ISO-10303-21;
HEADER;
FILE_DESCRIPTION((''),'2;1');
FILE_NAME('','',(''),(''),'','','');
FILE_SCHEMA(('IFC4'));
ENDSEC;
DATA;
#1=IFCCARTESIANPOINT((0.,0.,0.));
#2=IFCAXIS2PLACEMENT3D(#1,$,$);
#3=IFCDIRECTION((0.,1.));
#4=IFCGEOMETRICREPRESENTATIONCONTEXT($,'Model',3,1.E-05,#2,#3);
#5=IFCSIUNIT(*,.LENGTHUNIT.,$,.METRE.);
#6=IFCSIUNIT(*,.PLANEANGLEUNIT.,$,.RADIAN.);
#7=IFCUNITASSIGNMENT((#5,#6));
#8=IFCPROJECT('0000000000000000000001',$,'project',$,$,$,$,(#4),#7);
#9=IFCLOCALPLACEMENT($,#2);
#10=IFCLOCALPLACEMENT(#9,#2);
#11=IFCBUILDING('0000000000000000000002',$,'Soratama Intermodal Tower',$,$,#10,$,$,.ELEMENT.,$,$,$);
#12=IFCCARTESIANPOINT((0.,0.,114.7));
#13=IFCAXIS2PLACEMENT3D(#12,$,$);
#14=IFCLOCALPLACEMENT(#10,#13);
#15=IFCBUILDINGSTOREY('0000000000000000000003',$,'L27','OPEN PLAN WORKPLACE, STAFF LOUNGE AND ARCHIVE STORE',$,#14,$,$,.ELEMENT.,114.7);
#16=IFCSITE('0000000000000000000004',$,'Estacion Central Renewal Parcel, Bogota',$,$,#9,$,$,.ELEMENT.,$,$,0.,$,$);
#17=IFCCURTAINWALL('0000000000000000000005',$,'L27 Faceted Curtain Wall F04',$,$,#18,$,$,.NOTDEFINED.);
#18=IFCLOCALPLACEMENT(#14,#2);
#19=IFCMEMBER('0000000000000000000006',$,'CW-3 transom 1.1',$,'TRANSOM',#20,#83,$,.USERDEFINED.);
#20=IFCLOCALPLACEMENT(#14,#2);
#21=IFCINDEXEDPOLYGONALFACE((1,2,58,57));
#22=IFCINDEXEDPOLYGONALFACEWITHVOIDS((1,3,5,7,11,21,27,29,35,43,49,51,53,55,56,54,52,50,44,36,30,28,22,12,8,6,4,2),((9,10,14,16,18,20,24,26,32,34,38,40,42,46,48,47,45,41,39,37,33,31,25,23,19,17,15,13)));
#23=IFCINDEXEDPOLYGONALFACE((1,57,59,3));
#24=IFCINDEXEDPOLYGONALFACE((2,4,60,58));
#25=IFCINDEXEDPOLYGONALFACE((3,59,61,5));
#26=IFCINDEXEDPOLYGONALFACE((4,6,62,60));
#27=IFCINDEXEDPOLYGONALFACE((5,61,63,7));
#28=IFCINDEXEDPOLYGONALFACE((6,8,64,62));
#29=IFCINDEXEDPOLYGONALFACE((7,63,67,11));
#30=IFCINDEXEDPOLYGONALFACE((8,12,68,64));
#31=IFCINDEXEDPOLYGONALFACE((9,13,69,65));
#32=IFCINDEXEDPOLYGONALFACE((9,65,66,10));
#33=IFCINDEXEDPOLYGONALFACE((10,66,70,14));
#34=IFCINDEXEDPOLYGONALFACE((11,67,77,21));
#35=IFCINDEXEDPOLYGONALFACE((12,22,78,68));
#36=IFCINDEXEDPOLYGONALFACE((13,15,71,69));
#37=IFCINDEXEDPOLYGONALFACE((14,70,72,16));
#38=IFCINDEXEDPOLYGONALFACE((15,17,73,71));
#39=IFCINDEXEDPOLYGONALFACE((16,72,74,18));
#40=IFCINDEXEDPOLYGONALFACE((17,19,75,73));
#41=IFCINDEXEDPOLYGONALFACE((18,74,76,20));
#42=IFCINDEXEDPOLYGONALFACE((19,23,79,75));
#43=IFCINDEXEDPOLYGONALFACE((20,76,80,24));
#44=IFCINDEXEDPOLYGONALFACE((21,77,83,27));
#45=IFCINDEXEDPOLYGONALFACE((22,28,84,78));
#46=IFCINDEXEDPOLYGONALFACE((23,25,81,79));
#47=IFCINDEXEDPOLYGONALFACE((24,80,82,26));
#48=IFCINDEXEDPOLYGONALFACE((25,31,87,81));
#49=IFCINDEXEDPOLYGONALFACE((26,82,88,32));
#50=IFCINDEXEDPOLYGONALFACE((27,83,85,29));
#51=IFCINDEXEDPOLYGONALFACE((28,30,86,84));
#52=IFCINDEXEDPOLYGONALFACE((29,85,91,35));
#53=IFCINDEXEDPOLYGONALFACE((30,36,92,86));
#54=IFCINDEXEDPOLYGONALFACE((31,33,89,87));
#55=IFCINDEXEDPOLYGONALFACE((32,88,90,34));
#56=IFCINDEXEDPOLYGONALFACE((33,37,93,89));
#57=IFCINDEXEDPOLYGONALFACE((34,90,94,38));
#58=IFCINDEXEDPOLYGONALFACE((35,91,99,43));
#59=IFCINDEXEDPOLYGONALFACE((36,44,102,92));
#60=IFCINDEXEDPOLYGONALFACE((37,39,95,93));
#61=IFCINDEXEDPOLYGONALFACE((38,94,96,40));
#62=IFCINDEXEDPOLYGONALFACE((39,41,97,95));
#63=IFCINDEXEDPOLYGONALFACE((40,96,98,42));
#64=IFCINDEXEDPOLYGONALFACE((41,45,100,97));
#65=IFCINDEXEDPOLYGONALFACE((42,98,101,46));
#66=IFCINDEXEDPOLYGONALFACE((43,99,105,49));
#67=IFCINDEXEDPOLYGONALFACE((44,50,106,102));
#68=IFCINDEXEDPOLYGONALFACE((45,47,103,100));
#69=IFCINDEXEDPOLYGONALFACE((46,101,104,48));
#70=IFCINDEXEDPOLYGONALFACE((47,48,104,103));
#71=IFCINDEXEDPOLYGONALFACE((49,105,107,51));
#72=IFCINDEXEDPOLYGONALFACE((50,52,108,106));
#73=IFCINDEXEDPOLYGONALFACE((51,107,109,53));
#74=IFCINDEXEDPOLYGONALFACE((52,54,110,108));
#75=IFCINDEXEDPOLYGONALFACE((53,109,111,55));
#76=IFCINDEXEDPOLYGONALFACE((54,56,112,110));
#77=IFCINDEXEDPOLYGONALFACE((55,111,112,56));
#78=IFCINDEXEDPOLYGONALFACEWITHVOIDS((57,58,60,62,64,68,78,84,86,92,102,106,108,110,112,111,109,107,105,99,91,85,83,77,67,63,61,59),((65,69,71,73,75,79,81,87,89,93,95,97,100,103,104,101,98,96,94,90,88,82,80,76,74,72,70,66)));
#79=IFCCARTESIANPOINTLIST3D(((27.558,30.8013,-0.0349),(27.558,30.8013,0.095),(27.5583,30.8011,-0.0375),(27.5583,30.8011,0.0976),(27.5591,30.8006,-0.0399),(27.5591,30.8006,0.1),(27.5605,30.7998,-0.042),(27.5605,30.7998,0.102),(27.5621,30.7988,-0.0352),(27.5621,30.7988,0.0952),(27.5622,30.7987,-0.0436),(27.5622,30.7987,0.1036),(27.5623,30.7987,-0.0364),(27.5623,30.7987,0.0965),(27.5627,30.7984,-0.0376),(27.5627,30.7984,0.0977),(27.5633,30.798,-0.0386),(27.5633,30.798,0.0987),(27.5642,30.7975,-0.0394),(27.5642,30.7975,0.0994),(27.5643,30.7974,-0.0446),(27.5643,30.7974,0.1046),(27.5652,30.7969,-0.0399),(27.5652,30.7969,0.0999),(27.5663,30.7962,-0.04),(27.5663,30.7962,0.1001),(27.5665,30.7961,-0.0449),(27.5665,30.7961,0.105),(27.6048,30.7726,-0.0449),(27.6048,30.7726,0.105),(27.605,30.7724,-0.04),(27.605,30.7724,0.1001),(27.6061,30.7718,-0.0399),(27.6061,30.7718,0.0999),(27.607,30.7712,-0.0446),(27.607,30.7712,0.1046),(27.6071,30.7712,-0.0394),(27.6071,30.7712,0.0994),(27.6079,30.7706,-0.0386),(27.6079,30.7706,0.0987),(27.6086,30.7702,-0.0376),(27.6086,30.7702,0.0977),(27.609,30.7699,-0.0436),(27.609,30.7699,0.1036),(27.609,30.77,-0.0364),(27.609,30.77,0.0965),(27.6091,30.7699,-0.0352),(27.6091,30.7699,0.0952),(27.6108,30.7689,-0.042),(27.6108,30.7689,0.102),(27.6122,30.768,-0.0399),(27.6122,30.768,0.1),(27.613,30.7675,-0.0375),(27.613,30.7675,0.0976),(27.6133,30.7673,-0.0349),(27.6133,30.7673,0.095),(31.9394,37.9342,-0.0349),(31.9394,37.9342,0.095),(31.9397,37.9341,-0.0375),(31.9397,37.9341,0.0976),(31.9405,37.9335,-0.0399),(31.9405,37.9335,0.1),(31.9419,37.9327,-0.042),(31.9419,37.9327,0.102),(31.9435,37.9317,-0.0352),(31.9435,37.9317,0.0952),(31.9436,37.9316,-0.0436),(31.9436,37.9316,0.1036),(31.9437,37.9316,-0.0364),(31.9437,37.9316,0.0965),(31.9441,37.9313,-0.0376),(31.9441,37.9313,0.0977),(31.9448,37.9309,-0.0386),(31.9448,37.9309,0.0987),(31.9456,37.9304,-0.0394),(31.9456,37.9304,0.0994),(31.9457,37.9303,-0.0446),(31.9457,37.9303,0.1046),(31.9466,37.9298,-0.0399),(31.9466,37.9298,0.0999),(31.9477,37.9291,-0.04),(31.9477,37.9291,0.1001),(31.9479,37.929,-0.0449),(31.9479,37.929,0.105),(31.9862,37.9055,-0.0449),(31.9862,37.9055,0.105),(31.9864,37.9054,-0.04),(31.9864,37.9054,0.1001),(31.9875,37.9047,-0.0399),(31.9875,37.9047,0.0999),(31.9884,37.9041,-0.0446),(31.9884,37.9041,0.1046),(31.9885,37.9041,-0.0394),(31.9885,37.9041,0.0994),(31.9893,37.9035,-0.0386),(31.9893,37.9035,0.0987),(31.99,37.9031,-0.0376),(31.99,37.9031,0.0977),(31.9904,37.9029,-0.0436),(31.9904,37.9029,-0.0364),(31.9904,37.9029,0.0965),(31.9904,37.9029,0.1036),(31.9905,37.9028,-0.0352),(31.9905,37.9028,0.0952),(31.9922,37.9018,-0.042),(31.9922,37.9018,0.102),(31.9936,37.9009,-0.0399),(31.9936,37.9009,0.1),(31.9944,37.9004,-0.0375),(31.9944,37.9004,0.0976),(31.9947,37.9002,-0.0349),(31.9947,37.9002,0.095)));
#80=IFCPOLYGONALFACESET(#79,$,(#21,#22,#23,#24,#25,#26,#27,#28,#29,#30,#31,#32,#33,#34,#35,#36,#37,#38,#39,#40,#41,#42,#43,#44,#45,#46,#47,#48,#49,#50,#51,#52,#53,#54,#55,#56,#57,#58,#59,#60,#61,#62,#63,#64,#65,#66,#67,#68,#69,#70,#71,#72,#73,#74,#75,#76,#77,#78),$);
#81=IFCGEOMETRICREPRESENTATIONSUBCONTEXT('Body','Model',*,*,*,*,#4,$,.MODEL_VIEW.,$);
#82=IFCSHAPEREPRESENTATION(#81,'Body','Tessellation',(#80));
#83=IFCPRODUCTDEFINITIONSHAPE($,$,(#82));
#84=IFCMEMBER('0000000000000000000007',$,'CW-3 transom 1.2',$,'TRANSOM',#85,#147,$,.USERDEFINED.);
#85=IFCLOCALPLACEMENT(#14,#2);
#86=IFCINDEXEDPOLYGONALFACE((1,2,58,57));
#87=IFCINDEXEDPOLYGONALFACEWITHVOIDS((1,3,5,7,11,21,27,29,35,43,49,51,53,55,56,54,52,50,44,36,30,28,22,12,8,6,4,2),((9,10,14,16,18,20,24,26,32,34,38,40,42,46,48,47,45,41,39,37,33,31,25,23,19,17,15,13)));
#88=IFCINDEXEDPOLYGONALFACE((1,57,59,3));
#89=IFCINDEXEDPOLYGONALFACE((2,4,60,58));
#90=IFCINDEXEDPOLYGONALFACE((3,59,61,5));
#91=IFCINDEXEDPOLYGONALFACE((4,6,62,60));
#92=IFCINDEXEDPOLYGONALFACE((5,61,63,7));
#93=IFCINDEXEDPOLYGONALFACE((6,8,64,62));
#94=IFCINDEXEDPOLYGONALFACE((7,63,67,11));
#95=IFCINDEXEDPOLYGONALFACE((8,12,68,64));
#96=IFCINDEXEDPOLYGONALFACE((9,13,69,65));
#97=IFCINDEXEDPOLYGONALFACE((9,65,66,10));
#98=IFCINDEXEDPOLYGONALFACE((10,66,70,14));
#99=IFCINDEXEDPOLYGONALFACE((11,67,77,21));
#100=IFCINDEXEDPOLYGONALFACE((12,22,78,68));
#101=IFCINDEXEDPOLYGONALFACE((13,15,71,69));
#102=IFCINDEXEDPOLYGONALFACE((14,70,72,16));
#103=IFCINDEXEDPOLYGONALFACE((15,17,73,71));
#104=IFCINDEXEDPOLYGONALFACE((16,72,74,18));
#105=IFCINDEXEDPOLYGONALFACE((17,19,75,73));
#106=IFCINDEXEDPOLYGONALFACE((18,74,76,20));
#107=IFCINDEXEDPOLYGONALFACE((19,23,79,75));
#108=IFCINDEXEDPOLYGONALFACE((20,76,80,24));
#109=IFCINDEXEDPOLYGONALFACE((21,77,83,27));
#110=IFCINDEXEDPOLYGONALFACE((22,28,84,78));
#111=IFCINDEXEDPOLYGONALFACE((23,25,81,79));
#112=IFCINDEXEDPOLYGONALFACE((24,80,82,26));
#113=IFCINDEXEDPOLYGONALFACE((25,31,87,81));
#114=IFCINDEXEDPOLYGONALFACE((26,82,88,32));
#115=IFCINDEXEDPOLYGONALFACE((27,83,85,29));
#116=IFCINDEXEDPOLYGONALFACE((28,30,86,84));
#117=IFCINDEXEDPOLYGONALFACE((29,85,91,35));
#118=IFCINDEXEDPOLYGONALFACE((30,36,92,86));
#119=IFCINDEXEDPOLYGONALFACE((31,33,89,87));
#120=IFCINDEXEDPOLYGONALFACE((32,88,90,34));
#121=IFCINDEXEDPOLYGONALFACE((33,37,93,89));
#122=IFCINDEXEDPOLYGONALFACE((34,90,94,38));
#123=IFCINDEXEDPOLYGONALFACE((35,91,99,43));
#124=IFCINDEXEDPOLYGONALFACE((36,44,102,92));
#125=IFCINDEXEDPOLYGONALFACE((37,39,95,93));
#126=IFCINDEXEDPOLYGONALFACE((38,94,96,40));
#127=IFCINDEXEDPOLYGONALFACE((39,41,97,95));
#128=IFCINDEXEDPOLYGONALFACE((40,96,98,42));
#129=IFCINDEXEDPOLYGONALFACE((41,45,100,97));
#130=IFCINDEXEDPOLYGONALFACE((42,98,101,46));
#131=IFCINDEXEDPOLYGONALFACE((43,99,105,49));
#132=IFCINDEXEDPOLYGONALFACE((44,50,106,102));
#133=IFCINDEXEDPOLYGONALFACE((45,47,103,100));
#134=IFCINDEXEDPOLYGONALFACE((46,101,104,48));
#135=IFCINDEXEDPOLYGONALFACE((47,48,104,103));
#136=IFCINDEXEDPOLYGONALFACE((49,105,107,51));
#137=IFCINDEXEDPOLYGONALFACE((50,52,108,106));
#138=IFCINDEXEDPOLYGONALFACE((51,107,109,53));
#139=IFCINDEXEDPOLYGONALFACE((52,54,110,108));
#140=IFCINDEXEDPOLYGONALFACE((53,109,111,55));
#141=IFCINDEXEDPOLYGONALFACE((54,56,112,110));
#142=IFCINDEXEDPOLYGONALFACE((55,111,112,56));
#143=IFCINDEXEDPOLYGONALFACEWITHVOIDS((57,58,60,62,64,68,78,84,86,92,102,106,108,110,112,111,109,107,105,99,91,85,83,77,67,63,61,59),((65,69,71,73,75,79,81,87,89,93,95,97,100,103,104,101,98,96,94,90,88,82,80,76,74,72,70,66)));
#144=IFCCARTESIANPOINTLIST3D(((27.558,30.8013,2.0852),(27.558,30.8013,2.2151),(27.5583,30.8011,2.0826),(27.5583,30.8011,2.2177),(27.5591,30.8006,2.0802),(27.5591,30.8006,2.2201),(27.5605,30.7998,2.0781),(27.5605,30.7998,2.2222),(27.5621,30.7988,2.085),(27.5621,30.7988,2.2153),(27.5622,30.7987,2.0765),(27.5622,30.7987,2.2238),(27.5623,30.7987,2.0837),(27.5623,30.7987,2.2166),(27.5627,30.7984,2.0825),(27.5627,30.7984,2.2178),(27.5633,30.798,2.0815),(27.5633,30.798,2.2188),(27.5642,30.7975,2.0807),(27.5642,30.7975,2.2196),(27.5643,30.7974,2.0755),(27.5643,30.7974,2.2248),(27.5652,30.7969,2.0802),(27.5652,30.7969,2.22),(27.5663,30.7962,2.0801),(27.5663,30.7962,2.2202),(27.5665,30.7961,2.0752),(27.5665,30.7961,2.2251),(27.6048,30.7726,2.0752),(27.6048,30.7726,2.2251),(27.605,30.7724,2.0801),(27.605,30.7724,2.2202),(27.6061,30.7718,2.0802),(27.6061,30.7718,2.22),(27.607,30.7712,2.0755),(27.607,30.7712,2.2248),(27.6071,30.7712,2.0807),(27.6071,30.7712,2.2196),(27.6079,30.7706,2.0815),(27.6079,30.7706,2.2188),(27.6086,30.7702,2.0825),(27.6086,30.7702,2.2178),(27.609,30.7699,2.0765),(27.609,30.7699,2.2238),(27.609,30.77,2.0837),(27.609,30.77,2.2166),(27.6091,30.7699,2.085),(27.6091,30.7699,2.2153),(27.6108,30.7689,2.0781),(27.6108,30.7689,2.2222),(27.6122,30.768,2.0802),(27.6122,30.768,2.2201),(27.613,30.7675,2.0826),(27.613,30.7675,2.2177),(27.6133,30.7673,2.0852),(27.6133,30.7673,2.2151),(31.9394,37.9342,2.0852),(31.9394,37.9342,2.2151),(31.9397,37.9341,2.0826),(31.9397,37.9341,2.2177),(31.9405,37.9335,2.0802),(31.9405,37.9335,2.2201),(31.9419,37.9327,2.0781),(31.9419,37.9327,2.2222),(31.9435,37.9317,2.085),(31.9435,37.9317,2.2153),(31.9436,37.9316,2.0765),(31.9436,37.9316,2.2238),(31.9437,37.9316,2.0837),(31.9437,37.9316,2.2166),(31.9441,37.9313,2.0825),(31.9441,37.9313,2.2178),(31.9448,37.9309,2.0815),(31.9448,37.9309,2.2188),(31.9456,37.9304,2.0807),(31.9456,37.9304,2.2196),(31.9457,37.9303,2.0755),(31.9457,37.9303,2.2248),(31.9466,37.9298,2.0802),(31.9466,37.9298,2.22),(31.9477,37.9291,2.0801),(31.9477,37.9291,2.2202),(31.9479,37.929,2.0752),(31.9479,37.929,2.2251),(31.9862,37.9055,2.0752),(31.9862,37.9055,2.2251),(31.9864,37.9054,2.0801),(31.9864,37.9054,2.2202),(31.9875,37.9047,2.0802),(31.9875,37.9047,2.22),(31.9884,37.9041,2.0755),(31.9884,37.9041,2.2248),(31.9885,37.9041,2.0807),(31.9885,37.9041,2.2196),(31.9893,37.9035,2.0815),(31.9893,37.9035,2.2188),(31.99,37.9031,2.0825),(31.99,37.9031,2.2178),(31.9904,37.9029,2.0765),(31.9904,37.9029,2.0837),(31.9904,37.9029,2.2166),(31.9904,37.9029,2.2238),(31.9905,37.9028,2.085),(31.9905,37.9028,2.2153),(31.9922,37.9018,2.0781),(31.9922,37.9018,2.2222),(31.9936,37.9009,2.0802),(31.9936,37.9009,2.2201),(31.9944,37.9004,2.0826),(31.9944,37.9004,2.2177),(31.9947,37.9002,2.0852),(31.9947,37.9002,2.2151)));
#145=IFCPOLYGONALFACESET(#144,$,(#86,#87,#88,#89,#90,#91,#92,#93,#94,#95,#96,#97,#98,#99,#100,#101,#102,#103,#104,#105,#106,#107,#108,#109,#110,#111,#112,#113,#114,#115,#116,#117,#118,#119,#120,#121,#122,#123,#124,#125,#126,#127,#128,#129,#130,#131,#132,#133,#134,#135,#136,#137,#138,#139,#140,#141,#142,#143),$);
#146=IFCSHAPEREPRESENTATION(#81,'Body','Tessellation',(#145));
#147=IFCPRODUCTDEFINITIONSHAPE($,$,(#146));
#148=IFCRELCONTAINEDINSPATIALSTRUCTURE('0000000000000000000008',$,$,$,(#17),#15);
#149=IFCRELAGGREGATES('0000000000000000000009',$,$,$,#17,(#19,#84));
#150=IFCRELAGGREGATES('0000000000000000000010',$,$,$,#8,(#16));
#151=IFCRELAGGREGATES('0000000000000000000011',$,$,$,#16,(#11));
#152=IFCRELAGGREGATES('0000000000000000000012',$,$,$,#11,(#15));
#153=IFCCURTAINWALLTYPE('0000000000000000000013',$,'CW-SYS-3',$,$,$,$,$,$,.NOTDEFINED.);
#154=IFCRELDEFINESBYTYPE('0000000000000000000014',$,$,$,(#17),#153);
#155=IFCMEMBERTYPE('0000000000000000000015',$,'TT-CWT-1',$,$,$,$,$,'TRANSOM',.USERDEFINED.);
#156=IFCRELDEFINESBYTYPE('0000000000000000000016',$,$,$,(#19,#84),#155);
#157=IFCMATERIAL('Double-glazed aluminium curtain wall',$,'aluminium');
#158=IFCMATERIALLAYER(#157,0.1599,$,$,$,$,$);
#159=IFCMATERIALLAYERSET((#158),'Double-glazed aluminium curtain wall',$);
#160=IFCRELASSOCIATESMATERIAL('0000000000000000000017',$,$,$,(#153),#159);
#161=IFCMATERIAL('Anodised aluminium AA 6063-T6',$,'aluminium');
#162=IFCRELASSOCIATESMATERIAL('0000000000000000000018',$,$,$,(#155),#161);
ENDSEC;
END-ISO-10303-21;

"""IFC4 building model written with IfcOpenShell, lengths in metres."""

from ifc_helpers import new_model, si_unit, direction, frame, origin, origin_2d, place, context, subcontext, project, spatial, hollow_rectangle, extrude, material, layer, layer_set, material_profile, profile_set, type_object, element, aggregate, save


model = new_model("IFC4")

# Units and contexts
model_context = context("Model", 3, precision=1e-05, world=origin(), true_north=direction((0.0, 1.0)))
body_context = subcontext(model_context, "Body", "Model", "MODEL_VIEW")
ifc_project = project(units=[si_unit("LENGTHUNIT", "METRE"), si_unit("PLANEANGLEUNIT", "RADIAN")], contexts=[model_context])

# Site, building, storey
site_placement = place(None, origin())
site = spatial("IfcSite", under=ifc_project, at=site_placement, Name="Estacion Central Renewal Parcel, Bogota", CompositionType="ELEMENT", RefElevation=0.0)
building_placement = place(site_placement, origin())
building = spatial("IfcBuilding", under=site, at=building_placement, Name="Soratama Intermodal Tower", CompositionType="ELEMENT")
storey_placement = place(building_placement, frame((0.0, 0.0, 114.7)))
storey = spatial("IfcBuildingStorey", under=building, at=storey_placement, Name="L27", Description="OPEN PLAN WORKPLACE, STAFF LOUNGE AND ARCHIVE STORE", CompositionType="ELEMENT", Elevation=114.7)

# Shared definitions
ifc_material_1 = material(Name="Double-glazed aluminium curtain wall", Category="aluminium")
ifc_layer_1 = layer(ifc_material_1, 0.1599)
ifc_layer_set_1 = layer_set([ifc_layer_1], Name="Double-glazed aluminium curtain wall")
curtain_wall_type = type_object("IfcCurtainWallType", Name="CW-SYS-3", PredefinedType="NOTDEFINED", material=ifc_layer_set_1)

# Curtain wall, members
curtain_wall_1_placement = place(storey_placement, origin())
curtain_wall_1 = element("IfcCurtainWall", 1, at=curtain_wall_1_placement, inside=storey, type_object=curtain_wall_type, Name="L27 Faceted Curtain Wall F04", PredefinedType="NOTDEFINED")
ifc_material_2 = material(Name="Anodised aluminium AA 6063-T6", Category="aluminium")
ifc_material_profile_1 = material_profile(ifc_material_2, hollow_rectangle(XDim=0.0649, YDim=0.1499, WallThickness=0.0049, InnerFilletRadius=0.0049, OuterFilletRadius=0.01, at=origin_2d()), Name="CWT150X65X5")
ifc_profile_set_1 = profile_set([ifc_material_profile_1], Name="Anodised aluminium AA 6063-T6")
member_type_1 = type_object("IfcMemberType", Name="TT-CWT-1", ElementType="TRANSOM", PredefinedType="USERDEFINED", material=ifc_profile_set_1)
member_1_placement = place(storey_placement, frame((31.967, 37.9172, 0.03), z_axis=(-0.523398, -0.852089, 0.0), x_axis=(0.852089, -0.523398, 0.0)))
member_1 = element("IfcMember", 2, at=member_1_placement, type_object=member_type_1, Name="CW-3 transom 1.1", ObjectType="TRANSOM", PredefinedType="USERDEFINED", context=body_context, shape_type="SweptSolid", body=[
    extrude(hollow_rectangle(XDim=0.0649, YDim=0.1499, WallThickness=0.0049, InnerFilletRadius=0.0049, OuterFilletRadius=0.01, at=origin_2d()), origin(), (0.0, 0.0, 1.0), 8.3711),
])
member_2_placement = place(storey_placement, frame((31.967, 37.9172, 2.1501), z_axis=(-0.523398, -0.852089, 0.0), x_axis=(0.852089, -0.523398, 0.0)))
member_2 = element("IfcMember", 3, at=member_2_placement, type_object=member_type_1, Name="CW-3 transom 1.2", ObjectType="TRANSOM", PredefinedType="USERDEFINED", context=body_context, shape_type="SweptSolid", body=[
    extrude(hollow_rectangle(XDim=0.0649, YDim=0.1499, WallThickness=0.0049, InnerFilletRadius=0.0049, OuterFilletRadius=0.01, at=origin_2d()), origin(), (0.0, 0.0, 1.0), 8.3711),
])
aggregate(curtain_wall_1, [member_1, member_2])

save(model, "model.ifc")
